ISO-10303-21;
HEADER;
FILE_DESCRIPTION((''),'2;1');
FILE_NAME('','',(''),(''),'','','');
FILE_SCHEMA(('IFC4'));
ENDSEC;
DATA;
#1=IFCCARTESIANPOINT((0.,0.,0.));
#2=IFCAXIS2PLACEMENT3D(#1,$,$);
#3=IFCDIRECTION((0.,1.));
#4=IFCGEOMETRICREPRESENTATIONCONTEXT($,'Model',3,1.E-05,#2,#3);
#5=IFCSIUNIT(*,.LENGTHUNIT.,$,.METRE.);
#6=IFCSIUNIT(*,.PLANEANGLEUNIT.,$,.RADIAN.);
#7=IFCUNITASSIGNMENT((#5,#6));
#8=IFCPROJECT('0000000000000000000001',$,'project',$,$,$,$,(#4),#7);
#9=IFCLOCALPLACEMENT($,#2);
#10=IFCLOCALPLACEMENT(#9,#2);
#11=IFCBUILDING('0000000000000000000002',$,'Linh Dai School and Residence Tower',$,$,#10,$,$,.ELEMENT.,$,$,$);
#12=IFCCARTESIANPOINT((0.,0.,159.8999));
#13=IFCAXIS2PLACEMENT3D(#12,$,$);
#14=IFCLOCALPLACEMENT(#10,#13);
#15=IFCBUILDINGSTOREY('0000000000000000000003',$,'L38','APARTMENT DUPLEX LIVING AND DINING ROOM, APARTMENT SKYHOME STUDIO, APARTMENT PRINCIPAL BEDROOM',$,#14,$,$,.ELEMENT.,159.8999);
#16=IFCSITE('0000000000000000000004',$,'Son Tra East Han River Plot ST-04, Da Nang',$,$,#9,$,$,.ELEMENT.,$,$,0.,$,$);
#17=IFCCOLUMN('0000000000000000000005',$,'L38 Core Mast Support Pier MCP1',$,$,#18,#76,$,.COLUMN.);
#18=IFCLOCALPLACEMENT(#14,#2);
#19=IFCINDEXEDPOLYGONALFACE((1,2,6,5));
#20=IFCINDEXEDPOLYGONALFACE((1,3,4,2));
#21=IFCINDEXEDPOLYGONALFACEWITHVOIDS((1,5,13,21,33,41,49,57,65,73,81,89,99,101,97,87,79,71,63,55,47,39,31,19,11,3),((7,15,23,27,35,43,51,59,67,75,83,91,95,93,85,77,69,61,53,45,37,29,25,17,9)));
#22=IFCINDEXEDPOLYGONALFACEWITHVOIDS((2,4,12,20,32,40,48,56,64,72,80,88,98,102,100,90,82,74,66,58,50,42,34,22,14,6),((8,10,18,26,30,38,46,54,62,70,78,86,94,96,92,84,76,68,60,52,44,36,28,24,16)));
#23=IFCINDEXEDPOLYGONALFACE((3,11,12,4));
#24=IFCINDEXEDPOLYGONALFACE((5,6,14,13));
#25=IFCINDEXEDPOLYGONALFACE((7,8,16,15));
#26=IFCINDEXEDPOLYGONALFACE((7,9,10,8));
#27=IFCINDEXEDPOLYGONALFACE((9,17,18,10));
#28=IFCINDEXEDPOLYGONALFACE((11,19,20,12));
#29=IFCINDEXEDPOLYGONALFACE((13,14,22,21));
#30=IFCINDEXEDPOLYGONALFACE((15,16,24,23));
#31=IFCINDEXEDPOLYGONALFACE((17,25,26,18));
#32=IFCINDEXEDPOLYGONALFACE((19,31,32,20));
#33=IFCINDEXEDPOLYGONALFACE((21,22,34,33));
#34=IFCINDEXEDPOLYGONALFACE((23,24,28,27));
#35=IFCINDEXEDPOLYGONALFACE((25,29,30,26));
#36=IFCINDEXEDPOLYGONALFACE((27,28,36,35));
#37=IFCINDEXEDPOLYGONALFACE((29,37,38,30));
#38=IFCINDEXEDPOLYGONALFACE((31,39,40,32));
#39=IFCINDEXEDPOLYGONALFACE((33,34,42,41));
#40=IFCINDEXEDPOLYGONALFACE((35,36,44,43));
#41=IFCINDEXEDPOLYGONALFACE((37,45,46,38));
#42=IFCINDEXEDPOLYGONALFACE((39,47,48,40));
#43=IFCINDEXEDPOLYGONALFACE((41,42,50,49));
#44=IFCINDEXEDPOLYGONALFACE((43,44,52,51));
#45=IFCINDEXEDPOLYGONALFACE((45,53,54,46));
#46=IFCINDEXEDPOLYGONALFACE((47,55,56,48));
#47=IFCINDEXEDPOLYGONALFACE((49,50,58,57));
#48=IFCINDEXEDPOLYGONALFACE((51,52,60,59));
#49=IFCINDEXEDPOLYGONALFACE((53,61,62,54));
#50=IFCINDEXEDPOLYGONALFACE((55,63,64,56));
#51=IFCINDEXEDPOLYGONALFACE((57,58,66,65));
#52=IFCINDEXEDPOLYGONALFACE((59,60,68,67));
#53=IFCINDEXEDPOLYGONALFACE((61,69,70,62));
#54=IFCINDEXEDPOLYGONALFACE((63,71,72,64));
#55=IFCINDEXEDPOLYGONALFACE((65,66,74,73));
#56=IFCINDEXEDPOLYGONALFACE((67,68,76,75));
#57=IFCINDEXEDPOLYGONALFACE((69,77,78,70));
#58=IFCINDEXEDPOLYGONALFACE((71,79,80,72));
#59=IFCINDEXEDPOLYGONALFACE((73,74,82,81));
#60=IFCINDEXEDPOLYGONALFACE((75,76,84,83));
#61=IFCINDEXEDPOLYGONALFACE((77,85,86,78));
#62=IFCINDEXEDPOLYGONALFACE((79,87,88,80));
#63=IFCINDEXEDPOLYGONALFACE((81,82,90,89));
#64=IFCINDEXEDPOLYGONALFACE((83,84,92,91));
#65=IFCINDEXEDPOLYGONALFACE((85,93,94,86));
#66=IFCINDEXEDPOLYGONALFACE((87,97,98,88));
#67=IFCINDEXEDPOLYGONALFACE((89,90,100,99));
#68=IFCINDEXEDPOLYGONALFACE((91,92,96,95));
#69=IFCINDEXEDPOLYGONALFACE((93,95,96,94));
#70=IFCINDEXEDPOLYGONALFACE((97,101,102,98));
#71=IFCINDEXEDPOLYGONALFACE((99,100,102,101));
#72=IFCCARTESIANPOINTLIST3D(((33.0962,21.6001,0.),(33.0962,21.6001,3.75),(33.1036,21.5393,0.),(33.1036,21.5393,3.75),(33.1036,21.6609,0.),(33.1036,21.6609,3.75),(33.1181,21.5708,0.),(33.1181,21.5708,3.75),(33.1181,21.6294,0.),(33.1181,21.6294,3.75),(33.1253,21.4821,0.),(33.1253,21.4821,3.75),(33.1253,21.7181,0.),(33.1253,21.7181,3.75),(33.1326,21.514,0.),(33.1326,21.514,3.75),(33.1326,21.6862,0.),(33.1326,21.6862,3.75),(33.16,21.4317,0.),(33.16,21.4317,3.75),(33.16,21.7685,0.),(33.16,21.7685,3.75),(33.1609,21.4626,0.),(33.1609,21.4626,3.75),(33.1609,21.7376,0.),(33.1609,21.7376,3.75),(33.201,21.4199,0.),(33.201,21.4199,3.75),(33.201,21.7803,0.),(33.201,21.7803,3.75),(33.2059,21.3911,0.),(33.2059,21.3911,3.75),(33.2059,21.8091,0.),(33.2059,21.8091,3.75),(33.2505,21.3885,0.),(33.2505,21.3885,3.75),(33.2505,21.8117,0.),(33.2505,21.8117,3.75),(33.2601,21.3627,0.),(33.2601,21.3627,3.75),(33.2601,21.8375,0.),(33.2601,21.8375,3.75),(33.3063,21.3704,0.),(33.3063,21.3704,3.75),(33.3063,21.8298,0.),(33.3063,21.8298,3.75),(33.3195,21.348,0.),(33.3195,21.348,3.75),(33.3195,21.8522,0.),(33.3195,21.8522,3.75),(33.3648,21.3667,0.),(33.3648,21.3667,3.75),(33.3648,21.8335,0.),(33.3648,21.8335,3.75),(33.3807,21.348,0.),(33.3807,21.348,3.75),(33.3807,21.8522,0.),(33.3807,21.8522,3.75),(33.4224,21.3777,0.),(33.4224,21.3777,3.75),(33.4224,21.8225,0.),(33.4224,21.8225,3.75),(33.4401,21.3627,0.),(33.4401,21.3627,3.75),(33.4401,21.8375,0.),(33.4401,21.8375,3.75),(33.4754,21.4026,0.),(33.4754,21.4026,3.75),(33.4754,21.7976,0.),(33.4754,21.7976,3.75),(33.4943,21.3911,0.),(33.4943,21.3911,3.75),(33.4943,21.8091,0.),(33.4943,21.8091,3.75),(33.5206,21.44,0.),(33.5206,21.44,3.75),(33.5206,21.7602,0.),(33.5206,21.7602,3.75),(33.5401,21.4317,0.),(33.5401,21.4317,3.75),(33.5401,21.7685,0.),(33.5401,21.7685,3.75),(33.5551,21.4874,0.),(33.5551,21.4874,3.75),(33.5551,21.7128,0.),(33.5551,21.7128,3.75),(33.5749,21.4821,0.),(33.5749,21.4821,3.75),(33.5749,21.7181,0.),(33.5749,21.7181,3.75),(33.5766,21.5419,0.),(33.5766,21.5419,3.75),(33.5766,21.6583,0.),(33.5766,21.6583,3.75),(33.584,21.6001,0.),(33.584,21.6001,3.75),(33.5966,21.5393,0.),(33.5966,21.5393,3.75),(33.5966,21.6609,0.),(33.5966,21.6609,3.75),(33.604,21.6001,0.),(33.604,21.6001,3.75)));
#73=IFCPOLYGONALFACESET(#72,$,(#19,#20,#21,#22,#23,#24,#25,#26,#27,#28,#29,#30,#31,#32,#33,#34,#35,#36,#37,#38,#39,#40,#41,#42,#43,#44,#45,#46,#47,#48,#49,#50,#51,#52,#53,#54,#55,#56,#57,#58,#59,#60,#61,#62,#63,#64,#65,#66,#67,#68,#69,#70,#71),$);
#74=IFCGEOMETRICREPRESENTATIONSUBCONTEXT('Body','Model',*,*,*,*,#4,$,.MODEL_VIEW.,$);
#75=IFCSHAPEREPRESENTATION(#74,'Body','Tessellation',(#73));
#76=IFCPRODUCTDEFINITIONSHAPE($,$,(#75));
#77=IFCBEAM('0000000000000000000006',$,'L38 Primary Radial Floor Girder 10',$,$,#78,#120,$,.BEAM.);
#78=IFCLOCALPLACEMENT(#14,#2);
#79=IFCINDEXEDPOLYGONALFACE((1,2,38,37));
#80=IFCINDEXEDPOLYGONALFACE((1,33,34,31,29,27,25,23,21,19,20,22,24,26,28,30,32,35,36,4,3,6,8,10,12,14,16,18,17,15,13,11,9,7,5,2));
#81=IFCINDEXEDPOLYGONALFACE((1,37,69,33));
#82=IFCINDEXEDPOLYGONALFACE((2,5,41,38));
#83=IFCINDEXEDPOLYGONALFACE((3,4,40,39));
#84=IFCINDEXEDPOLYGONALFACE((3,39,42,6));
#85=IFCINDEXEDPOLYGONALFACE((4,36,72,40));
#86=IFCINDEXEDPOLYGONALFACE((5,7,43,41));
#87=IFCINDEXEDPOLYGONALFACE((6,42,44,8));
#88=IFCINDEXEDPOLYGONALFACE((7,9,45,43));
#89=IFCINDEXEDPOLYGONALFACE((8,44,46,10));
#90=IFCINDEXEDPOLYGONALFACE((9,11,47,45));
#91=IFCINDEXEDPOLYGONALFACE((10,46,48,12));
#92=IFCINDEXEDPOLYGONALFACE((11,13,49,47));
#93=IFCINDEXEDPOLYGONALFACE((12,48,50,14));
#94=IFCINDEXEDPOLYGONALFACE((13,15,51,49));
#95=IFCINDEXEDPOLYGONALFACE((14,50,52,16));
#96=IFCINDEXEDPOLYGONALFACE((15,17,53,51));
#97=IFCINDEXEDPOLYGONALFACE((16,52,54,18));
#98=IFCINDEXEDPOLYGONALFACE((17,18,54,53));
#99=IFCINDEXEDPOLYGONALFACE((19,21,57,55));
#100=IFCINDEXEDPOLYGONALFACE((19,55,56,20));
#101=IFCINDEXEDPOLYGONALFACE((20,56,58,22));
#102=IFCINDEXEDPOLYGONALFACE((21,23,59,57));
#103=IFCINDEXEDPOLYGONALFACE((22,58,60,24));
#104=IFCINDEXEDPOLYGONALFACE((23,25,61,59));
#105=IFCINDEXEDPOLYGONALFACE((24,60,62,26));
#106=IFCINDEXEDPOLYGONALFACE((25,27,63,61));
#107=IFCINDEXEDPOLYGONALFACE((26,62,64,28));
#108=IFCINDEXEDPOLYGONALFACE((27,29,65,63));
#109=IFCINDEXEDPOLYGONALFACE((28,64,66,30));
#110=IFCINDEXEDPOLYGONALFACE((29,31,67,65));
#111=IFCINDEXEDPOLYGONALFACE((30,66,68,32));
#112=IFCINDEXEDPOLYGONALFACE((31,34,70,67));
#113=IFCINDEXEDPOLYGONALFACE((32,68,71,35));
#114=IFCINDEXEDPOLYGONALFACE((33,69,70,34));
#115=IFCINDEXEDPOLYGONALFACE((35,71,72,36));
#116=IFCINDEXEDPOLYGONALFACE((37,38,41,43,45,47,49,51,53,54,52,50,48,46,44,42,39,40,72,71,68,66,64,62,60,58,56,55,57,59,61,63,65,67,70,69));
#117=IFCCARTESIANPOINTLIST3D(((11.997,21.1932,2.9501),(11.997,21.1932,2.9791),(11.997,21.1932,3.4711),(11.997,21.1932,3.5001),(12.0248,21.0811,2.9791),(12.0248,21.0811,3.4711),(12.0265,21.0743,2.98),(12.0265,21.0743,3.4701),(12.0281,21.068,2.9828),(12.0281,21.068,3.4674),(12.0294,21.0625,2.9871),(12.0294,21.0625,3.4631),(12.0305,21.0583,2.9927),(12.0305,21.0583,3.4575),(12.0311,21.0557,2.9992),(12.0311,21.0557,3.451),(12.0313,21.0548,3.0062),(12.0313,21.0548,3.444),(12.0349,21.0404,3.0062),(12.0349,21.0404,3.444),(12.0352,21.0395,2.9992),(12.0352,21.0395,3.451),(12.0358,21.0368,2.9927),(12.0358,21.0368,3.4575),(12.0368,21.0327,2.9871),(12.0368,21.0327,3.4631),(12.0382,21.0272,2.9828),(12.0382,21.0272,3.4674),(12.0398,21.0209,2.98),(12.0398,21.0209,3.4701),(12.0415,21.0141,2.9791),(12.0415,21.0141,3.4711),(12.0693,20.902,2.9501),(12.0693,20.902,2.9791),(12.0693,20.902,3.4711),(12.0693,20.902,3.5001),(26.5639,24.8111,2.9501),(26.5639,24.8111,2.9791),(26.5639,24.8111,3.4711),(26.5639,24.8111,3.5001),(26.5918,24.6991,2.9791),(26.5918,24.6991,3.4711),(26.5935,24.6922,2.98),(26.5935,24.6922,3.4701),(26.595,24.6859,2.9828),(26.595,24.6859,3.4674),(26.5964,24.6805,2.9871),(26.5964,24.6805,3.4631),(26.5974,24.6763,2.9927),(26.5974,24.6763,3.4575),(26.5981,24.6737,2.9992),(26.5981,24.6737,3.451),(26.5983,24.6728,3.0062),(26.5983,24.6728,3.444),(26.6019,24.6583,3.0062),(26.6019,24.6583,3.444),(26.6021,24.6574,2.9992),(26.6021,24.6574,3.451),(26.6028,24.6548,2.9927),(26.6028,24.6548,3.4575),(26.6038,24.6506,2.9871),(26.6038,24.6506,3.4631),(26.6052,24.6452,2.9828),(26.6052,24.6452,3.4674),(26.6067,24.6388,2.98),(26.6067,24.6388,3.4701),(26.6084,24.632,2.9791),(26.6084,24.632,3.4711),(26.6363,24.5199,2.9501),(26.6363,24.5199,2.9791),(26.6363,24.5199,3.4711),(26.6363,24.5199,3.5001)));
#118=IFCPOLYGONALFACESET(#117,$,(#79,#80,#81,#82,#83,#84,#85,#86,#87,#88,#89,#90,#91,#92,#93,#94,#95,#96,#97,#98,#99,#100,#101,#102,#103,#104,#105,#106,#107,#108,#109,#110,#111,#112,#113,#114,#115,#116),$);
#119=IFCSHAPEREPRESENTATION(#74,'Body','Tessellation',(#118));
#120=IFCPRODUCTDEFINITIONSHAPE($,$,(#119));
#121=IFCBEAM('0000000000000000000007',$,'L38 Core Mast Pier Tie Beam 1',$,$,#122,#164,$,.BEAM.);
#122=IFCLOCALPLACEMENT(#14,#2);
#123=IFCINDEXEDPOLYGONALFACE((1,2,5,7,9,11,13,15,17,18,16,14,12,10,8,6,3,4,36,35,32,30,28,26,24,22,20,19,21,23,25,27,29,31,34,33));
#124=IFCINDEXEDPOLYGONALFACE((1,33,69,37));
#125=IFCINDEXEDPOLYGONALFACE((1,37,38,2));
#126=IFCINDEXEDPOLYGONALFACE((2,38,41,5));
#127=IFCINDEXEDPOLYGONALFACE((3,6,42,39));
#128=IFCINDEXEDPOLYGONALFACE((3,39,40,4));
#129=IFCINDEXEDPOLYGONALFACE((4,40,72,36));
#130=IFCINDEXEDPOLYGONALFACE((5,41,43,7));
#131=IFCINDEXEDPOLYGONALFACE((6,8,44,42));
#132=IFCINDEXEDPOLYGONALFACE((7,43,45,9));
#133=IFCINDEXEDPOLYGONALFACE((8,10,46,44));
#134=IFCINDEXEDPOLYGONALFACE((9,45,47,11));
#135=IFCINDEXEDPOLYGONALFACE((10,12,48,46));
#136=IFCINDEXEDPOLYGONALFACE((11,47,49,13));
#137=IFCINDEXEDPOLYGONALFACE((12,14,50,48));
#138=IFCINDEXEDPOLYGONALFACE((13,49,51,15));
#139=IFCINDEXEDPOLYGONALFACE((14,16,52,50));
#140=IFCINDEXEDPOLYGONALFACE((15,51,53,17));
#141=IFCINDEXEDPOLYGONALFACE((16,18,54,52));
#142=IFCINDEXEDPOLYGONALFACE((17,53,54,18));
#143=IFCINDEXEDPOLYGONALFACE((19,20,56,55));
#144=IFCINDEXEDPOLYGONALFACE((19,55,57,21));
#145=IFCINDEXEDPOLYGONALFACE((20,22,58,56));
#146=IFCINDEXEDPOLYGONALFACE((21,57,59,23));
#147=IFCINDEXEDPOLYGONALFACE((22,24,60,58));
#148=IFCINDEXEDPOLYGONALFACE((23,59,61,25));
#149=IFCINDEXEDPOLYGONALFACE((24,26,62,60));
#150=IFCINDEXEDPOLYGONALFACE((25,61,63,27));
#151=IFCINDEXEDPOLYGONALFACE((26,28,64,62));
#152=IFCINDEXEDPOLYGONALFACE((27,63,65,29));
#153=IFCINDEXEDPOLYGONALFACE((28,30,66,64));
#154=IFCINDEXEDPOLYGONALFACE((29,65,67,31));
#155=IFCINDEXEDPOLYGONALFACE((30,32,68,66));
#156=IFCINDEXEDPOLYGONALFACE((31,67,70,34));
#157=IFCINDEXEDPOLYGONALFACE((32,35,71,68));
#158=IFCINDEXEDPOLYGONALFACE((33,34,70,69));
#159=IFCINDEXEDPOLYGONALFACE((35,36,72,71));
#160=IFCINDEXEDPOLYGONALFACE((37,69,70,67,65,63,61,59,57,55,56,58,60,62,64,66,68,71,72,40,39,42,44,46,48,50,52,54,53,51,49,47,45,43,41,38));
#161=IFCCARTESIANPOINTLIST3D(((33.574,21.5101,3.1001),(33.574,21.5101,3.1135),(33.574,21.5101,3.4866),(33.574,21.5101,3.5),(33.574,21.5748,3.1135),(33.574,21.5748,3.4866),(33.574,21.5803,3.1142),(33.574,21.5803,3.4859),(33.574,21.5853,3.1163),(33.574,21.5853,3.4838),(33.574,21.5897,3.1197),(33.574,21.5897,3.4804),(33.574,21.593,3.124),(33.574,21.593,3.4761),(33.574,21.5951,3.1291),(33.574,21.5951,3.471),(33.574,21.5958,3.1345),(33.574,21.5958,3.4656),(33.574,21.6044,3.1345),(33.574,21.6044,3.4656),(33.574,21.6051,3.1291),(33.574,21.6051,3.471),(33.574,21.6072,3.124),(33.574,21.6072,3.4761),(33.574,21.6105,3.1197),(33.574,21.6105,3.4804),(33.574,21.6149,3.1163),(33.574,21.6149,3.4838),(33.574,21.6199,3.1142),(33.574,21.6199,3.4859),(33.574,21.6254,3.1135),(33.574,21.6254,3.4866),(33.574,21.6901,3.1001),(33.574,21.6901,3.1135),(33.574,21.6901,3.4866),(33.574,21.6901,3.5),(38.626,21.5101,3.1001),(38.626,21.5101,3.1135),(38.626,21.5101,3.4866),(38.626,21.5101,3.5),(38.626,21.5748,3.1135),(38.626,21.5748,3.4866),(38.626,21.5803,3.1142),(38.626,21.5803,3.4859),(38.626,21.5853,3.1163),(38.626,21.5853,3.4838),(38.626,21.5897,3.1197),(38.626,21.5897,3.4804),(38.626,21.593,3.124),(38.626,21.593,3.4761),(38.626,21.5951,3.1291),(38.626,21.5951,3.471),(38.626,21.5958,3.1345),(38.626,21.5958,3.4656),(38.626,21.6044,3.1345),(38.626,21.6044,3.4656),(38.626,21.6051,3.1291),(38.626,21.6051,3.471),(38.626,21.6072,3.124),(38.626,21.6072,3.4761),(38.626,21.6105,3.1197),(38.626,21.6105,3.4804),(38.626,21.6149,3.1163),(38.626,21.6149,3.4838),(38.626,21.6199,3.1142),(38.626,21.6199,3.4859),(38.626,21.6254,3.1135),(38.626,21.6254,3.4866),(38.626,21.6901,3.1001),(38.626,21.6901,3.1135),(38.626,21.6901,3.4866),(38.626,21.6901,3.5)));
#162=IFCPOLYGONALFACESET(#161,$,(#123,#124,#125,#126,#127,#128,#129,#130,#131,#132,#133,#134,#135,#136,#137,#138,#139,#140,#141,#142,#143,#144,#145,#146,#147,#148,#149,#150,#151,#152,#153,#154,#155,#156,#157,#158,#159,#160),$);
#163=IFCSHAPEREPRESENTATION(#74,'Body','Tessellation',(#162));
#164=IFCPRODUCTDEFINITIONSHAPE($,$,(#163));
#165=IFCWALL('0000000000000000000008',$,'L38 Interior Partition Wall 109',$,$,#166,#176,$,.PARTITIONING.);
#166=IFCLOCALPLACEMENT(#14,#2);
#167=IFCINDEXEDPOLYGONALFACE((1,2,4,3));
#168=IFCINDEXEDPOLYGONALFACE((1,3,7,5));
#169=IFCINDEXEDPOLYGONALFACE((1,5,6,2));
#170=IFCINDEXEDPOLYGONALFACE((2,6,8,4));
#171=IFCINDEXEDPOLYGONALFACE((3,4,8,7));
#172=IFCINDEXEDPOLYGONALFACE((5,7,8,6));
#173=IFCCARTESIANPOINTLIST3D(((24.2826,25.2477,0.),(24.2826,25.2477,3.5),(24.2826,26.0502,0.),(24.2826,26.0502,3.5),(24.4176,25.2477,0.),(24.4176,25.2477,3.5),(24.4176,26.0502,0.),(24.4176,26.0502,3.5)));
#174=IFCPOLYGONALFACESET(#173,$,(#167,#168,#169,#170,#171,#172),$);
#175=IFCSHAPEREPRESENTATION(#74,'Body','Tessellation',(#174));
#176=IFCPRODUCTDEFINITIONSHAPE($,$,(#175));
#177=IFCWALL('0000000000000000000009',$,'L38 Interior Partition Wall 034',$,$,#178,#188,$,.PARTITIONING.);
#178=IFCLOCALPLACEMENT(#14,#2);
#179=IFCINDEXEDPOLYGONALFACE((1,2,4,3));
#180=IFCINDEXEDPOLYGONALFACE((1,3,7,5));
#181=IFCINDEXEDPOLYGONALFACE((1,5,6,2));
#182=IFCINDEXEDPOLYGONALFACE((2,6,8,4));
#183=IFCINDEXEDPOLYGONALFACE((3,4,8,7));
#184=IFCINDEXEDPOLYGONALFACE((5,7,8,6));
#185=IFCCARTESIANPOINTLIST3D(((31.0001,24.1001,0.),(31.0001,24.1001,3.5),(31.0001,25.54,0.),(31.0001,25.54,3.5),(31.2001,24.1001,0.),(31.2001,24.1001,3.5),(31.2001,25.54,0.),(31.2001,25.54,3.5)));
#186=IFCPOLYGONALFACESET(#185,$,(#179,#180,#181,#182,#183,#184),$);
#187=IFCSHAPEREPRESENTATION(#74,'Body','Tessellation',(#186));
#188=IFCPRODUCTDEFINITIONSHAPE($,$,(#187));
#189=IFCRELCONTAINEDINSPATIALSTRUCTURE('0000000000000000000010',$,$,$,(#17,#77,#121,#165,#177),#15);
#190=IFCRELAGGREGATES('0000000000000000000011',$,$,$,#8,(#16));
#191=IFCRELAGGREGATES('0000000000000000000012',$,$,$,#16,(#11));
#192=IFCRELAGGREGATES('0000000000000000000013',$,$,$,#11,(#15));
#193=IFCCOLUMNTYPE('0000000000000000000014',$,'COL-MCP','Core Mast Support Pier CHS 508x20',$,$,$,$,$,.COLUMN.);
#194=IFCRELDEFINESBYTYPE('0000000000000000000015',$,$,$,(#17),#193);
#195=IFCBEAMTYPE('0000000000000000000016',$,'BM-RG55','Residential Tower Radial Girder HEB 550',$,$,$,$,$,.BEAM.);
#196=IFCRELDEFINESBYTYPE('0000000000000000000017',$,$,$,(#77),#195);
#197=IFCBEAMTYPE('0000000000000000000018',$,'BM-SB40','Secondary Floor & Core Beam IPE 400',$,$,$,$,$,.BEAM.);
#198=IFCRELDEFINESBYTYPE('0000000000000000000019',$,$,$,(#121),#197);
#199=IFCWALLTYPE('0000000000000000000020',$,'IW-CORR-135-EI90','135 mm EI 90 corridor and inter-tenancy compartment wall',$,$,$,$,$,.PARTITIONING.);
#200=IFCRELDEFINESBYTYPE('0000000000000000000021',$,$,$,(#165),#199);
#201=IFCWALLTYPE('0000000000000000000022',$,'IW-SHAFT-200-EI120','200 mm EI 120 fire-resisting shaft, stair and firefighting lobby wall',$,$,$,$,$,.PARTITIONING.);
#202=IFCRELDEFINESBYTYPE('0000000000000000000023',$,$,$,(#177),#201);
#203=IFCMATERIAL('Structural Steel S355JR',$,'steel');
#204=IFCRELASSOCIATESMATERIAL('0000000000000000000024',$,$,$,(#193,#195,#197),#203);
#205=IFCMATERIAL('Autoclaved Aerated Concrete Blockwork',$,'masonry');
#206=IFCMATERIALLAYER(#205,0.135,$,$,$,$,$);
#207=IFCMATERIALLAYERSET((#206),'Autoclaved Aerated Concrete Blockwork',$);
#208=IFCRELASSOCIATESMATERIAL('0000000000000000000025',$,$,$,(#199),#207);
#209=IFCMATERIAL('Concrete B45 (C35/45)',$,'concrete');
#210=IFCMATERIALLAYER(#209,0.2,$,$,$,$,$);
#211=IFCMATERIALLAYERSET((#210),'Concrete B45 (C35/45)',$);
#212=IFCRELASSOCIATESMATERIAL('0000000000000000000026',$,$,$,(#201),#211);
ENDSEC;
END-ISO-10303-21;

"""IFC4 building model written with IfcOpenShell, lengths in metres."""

from ifc_helpers import new_model, si_unit, direction, frame, frame_2d, origin, origin_2d, place, context, subcontext, project, spatial, rectangle, hollow_circle, i_section, extrude, material, layer, layer_set, material_profile, profile_set, type_object, element, save


model = new_model("IFC4")

# Units and contexts
model_context = context("Model", 3, precision=1e-05, world=origin(), true_north=direction((0.0, 1.0)))
body_context = subcontext(model_context, "Body", "Model", "MODEL_VIEW")
ifc_project = project(units=[si_unit("LENGTHUNIT", "METRE"), si_unit("PLANEANGLEUNIT", "RADIAN")], contexts=[model_context])

# Site, building, storey
site_placement = place(None, origin())
site = spatial("IfcSite", under=ifc_project, at=site_placement, Name="Son Tra East Han River Plot ST-04, Da Nang", CompositionType="ELEMENT", RefElevation=0.0)
building_placement = place(site_placement, origin())
building = spatial("IfcBuilding", under=site, at=building_placement, Name="Linh Dai School and Residence Tower", CompositionType="ELEMENT")
storey_placement = place(building_placement, frame((0.0, 0.0, 159.8999)))
storey = spatial("IfcBuildingStorey", under=building, at=storey_placement, Name="L38", Description="APARTMENT DUPLEX LIVING AND DINING ROOM, APARTMENT SKYHOME STUDIO, APARTMENT PRINCIPAL BEDROOM", CompositionType="ELEMENT", Elevation=159.8999)

# Column
ifc_material_1 = material(Name="Structural Steel S355JR", Category="steel")
ifc_material_profile_1 = material_profile(ifc_material_1, hollow_circle(Radius=0.2539, WallThickness=0.02, at=origin_2d()), Name="CHS 508x20")
ifc_profile_set_1 = profile_set([ifc_material_profile_1], Name="Structural Steel S355JR")
column_type_1 = type_object("IfcColumnType", Name="COL-MCP", Description="Core Mast Support Pier CHS 508x20", PredefinedType="COLUMN", material=ifc_profile_set_1)
column_placement = place(storey_placement, frame((33.3501, 21.6001, 0.0), z_axis=(0.0, 0.0, 1.0), x_axis=(1.0, 0.0, 0.0)))
element("IfcColumn", 1, at=column_placement, inside=storey, type_object=column_type_1, Name="L38 Core Mast Support Pier MCP1", PredefinedType="COLUMN", context=body_context, shape_type="SweptSolid", body=[
    extrude(hollow_circle(Radius=0.2539, WallThickness=0.02, at=origin_2d()), origin(), (0.0, 0.0, 1.0), 3.75),
])

# Beams
ifc_material_profile_2 = material_profile(ifc_material_1, i_section(OverallWidth=0.3, OverallDepth=0.55, WebThickness=0.0149, FlangeThickness=0.0291, FilletRadius=0.0271, at=origin_2d()), Name="HEB 550")
ifc_profile_set_2 = profile_set([ifc_material_profile_2], Name="Structural Steel S355JR")
beam_type_1 = type_object("IfcBeamType", Name="BM-RG55", Description="Residential Tower Radial Girder HEB 550", PredefinedType="BEAM", material=ifc_profile_set_2)
beam_1_placement = place(storey_placement, frame((26.6001, 24.6655, 3.2251), z_axis=(-0.970515, -0.241043, 0.0), x_axis=(0.241043, -0.970515, 0.0)))
element("IfcBeam", 2, at=beam_1_placement, inside=storey, type_object=beam_type_1, Name="L38 Primary Radial Floor Girder 10", PredefinedType="BEAM", context=body_context, shape_type="SweptSolid", body=[
    extrude(i_section(OverallWidth=0.3, OverallDepth=0.55, WebThickness=0.0149, FlangeThickness=0.0291, FilletRadius=0.0271, at=origin_2d()), origin(), (0.0, 0.0, 1.0), 15.0095),
])
ifc_material_profile_3 = material_profile(ifc_material_1, i_section(OverallWidth=0.1799, OverallDepth=0.3999, WebThickness=0.0085, FlangeThickness=0.0134, FilletRadius=0.021, at=origin_2d()), Name="IPE 400")
ifc_profile_set_3 = profile_set([ifc_material_profile_3], Name="Structural Steel S355JR")
beam_type_2 = type_object("IfcBeamType", Name="BM-SB40", Description="Secondary Floor & Core Beam IPE 400", PredefinedType="BEAM", material=ifc_profile_set_3)
beam_2_placement = place(storey_placement, frame((33.574, 21.6001, 3.3), z_axis=(1.0, 0.0, 0.0), x_axis=(0.0, 1.0, 0.0)))
element("IfcBeam", 3, at=beam_2_placement, inside=storey, type_object=beam_type_2, Name="L38 Core Mast Pier Tie Beam 1", PredefinedType="BEAM", context=body_context, shape_type="SweptSolid", body=[
    extrude(i_section(OverallWidth=0.1799, OverallDepth=0.3999, WebThickness=0.0085, FlangeThickness=0.0134, FilletRadius=0.021, at=origin_2d()), origin(), (0.0, 0.0, 1.0), 5.052),
])

# Shared definitions
ifc_material_2 = material(Name="Autoclaved Aerated Concrete Blockwork", Category="masonry")
ifc_layer_1 = layer(ifc_material_2, 0.135)
ifc_layer_set_1 = layer_set([ifc_layer_1], Name="Autoclaved Aerated Concrete Blockwork")
wall_type_1 = type_object("IfcWallType", Name="IW-CORR-135-EI90", Description="135 mm EI 90 corridor and inter-tenancy compartment wall", PredefinedType="PARTITIONING", material=ifc_layer_set_1)

# Wall
wall_1_placement = place(storey_placement, frame((24.3501, 25.2476, 0.0), z_axis=(0.0, 0.0, 1.0), x_axis=(0.0, 1.0, 0.0)))
element("IfcWall", 4, at=wall_1_placement, inside=storey, type_object=wall_type_1, Name="L38 Interior Partition Wall 109", PredefinedType="PARTITIONING", context=body_context, shape_type="SweptSolid", body=[
    extrude(rectangle(XDim=0.8025, YDim=0.135, at=frame_2d((0.4014, 0.0))), origin(), (0.0, 0.0, 1.0), 3.5),
])

# Shared definitions
ifc_material_3 = material(Name="Concrete B45 (C35/45)", Category="concrete")
ifc_layer_2 = layer(ifc_material_3, 0.2)
ifc_layer_set_2 = layer_set([ifc_layer_2], Name="Concrete B45 (C35/45)")
wall_type_2 = type_object("IfcWallType", Name="IW-SHAFT-200-EI120", Description="200 mm EI 120 fire-resisting shaft, stair and firefighting lobby wall", PredefinedType="PARTITIONING", material=ifc_layer_set_2)

# Wall
wall_2_placement = place(storey_placement, frame((31.1001, 24.1001, 0.0), z_axis=(0.0, 0.0, 1.0), x_axis=(0.0, 1.0, 0.0)))
element("IfcWall", 5, at=wall_2_placement, inside=storey, type_object=wall_type_2, Name="L38 Interior Partition Wall 034", PredefinedType="PARTITIONING", context=body_context, shape_type="SweptSolid", body=[
    extrude(rectangle(XDim=1.4399, YDim=0.2, at=frame_2d((0.72, 0.0))), origin(), (0.0, 0.0, 1.0), 3.5),
])

save(model, "model.ifc")
